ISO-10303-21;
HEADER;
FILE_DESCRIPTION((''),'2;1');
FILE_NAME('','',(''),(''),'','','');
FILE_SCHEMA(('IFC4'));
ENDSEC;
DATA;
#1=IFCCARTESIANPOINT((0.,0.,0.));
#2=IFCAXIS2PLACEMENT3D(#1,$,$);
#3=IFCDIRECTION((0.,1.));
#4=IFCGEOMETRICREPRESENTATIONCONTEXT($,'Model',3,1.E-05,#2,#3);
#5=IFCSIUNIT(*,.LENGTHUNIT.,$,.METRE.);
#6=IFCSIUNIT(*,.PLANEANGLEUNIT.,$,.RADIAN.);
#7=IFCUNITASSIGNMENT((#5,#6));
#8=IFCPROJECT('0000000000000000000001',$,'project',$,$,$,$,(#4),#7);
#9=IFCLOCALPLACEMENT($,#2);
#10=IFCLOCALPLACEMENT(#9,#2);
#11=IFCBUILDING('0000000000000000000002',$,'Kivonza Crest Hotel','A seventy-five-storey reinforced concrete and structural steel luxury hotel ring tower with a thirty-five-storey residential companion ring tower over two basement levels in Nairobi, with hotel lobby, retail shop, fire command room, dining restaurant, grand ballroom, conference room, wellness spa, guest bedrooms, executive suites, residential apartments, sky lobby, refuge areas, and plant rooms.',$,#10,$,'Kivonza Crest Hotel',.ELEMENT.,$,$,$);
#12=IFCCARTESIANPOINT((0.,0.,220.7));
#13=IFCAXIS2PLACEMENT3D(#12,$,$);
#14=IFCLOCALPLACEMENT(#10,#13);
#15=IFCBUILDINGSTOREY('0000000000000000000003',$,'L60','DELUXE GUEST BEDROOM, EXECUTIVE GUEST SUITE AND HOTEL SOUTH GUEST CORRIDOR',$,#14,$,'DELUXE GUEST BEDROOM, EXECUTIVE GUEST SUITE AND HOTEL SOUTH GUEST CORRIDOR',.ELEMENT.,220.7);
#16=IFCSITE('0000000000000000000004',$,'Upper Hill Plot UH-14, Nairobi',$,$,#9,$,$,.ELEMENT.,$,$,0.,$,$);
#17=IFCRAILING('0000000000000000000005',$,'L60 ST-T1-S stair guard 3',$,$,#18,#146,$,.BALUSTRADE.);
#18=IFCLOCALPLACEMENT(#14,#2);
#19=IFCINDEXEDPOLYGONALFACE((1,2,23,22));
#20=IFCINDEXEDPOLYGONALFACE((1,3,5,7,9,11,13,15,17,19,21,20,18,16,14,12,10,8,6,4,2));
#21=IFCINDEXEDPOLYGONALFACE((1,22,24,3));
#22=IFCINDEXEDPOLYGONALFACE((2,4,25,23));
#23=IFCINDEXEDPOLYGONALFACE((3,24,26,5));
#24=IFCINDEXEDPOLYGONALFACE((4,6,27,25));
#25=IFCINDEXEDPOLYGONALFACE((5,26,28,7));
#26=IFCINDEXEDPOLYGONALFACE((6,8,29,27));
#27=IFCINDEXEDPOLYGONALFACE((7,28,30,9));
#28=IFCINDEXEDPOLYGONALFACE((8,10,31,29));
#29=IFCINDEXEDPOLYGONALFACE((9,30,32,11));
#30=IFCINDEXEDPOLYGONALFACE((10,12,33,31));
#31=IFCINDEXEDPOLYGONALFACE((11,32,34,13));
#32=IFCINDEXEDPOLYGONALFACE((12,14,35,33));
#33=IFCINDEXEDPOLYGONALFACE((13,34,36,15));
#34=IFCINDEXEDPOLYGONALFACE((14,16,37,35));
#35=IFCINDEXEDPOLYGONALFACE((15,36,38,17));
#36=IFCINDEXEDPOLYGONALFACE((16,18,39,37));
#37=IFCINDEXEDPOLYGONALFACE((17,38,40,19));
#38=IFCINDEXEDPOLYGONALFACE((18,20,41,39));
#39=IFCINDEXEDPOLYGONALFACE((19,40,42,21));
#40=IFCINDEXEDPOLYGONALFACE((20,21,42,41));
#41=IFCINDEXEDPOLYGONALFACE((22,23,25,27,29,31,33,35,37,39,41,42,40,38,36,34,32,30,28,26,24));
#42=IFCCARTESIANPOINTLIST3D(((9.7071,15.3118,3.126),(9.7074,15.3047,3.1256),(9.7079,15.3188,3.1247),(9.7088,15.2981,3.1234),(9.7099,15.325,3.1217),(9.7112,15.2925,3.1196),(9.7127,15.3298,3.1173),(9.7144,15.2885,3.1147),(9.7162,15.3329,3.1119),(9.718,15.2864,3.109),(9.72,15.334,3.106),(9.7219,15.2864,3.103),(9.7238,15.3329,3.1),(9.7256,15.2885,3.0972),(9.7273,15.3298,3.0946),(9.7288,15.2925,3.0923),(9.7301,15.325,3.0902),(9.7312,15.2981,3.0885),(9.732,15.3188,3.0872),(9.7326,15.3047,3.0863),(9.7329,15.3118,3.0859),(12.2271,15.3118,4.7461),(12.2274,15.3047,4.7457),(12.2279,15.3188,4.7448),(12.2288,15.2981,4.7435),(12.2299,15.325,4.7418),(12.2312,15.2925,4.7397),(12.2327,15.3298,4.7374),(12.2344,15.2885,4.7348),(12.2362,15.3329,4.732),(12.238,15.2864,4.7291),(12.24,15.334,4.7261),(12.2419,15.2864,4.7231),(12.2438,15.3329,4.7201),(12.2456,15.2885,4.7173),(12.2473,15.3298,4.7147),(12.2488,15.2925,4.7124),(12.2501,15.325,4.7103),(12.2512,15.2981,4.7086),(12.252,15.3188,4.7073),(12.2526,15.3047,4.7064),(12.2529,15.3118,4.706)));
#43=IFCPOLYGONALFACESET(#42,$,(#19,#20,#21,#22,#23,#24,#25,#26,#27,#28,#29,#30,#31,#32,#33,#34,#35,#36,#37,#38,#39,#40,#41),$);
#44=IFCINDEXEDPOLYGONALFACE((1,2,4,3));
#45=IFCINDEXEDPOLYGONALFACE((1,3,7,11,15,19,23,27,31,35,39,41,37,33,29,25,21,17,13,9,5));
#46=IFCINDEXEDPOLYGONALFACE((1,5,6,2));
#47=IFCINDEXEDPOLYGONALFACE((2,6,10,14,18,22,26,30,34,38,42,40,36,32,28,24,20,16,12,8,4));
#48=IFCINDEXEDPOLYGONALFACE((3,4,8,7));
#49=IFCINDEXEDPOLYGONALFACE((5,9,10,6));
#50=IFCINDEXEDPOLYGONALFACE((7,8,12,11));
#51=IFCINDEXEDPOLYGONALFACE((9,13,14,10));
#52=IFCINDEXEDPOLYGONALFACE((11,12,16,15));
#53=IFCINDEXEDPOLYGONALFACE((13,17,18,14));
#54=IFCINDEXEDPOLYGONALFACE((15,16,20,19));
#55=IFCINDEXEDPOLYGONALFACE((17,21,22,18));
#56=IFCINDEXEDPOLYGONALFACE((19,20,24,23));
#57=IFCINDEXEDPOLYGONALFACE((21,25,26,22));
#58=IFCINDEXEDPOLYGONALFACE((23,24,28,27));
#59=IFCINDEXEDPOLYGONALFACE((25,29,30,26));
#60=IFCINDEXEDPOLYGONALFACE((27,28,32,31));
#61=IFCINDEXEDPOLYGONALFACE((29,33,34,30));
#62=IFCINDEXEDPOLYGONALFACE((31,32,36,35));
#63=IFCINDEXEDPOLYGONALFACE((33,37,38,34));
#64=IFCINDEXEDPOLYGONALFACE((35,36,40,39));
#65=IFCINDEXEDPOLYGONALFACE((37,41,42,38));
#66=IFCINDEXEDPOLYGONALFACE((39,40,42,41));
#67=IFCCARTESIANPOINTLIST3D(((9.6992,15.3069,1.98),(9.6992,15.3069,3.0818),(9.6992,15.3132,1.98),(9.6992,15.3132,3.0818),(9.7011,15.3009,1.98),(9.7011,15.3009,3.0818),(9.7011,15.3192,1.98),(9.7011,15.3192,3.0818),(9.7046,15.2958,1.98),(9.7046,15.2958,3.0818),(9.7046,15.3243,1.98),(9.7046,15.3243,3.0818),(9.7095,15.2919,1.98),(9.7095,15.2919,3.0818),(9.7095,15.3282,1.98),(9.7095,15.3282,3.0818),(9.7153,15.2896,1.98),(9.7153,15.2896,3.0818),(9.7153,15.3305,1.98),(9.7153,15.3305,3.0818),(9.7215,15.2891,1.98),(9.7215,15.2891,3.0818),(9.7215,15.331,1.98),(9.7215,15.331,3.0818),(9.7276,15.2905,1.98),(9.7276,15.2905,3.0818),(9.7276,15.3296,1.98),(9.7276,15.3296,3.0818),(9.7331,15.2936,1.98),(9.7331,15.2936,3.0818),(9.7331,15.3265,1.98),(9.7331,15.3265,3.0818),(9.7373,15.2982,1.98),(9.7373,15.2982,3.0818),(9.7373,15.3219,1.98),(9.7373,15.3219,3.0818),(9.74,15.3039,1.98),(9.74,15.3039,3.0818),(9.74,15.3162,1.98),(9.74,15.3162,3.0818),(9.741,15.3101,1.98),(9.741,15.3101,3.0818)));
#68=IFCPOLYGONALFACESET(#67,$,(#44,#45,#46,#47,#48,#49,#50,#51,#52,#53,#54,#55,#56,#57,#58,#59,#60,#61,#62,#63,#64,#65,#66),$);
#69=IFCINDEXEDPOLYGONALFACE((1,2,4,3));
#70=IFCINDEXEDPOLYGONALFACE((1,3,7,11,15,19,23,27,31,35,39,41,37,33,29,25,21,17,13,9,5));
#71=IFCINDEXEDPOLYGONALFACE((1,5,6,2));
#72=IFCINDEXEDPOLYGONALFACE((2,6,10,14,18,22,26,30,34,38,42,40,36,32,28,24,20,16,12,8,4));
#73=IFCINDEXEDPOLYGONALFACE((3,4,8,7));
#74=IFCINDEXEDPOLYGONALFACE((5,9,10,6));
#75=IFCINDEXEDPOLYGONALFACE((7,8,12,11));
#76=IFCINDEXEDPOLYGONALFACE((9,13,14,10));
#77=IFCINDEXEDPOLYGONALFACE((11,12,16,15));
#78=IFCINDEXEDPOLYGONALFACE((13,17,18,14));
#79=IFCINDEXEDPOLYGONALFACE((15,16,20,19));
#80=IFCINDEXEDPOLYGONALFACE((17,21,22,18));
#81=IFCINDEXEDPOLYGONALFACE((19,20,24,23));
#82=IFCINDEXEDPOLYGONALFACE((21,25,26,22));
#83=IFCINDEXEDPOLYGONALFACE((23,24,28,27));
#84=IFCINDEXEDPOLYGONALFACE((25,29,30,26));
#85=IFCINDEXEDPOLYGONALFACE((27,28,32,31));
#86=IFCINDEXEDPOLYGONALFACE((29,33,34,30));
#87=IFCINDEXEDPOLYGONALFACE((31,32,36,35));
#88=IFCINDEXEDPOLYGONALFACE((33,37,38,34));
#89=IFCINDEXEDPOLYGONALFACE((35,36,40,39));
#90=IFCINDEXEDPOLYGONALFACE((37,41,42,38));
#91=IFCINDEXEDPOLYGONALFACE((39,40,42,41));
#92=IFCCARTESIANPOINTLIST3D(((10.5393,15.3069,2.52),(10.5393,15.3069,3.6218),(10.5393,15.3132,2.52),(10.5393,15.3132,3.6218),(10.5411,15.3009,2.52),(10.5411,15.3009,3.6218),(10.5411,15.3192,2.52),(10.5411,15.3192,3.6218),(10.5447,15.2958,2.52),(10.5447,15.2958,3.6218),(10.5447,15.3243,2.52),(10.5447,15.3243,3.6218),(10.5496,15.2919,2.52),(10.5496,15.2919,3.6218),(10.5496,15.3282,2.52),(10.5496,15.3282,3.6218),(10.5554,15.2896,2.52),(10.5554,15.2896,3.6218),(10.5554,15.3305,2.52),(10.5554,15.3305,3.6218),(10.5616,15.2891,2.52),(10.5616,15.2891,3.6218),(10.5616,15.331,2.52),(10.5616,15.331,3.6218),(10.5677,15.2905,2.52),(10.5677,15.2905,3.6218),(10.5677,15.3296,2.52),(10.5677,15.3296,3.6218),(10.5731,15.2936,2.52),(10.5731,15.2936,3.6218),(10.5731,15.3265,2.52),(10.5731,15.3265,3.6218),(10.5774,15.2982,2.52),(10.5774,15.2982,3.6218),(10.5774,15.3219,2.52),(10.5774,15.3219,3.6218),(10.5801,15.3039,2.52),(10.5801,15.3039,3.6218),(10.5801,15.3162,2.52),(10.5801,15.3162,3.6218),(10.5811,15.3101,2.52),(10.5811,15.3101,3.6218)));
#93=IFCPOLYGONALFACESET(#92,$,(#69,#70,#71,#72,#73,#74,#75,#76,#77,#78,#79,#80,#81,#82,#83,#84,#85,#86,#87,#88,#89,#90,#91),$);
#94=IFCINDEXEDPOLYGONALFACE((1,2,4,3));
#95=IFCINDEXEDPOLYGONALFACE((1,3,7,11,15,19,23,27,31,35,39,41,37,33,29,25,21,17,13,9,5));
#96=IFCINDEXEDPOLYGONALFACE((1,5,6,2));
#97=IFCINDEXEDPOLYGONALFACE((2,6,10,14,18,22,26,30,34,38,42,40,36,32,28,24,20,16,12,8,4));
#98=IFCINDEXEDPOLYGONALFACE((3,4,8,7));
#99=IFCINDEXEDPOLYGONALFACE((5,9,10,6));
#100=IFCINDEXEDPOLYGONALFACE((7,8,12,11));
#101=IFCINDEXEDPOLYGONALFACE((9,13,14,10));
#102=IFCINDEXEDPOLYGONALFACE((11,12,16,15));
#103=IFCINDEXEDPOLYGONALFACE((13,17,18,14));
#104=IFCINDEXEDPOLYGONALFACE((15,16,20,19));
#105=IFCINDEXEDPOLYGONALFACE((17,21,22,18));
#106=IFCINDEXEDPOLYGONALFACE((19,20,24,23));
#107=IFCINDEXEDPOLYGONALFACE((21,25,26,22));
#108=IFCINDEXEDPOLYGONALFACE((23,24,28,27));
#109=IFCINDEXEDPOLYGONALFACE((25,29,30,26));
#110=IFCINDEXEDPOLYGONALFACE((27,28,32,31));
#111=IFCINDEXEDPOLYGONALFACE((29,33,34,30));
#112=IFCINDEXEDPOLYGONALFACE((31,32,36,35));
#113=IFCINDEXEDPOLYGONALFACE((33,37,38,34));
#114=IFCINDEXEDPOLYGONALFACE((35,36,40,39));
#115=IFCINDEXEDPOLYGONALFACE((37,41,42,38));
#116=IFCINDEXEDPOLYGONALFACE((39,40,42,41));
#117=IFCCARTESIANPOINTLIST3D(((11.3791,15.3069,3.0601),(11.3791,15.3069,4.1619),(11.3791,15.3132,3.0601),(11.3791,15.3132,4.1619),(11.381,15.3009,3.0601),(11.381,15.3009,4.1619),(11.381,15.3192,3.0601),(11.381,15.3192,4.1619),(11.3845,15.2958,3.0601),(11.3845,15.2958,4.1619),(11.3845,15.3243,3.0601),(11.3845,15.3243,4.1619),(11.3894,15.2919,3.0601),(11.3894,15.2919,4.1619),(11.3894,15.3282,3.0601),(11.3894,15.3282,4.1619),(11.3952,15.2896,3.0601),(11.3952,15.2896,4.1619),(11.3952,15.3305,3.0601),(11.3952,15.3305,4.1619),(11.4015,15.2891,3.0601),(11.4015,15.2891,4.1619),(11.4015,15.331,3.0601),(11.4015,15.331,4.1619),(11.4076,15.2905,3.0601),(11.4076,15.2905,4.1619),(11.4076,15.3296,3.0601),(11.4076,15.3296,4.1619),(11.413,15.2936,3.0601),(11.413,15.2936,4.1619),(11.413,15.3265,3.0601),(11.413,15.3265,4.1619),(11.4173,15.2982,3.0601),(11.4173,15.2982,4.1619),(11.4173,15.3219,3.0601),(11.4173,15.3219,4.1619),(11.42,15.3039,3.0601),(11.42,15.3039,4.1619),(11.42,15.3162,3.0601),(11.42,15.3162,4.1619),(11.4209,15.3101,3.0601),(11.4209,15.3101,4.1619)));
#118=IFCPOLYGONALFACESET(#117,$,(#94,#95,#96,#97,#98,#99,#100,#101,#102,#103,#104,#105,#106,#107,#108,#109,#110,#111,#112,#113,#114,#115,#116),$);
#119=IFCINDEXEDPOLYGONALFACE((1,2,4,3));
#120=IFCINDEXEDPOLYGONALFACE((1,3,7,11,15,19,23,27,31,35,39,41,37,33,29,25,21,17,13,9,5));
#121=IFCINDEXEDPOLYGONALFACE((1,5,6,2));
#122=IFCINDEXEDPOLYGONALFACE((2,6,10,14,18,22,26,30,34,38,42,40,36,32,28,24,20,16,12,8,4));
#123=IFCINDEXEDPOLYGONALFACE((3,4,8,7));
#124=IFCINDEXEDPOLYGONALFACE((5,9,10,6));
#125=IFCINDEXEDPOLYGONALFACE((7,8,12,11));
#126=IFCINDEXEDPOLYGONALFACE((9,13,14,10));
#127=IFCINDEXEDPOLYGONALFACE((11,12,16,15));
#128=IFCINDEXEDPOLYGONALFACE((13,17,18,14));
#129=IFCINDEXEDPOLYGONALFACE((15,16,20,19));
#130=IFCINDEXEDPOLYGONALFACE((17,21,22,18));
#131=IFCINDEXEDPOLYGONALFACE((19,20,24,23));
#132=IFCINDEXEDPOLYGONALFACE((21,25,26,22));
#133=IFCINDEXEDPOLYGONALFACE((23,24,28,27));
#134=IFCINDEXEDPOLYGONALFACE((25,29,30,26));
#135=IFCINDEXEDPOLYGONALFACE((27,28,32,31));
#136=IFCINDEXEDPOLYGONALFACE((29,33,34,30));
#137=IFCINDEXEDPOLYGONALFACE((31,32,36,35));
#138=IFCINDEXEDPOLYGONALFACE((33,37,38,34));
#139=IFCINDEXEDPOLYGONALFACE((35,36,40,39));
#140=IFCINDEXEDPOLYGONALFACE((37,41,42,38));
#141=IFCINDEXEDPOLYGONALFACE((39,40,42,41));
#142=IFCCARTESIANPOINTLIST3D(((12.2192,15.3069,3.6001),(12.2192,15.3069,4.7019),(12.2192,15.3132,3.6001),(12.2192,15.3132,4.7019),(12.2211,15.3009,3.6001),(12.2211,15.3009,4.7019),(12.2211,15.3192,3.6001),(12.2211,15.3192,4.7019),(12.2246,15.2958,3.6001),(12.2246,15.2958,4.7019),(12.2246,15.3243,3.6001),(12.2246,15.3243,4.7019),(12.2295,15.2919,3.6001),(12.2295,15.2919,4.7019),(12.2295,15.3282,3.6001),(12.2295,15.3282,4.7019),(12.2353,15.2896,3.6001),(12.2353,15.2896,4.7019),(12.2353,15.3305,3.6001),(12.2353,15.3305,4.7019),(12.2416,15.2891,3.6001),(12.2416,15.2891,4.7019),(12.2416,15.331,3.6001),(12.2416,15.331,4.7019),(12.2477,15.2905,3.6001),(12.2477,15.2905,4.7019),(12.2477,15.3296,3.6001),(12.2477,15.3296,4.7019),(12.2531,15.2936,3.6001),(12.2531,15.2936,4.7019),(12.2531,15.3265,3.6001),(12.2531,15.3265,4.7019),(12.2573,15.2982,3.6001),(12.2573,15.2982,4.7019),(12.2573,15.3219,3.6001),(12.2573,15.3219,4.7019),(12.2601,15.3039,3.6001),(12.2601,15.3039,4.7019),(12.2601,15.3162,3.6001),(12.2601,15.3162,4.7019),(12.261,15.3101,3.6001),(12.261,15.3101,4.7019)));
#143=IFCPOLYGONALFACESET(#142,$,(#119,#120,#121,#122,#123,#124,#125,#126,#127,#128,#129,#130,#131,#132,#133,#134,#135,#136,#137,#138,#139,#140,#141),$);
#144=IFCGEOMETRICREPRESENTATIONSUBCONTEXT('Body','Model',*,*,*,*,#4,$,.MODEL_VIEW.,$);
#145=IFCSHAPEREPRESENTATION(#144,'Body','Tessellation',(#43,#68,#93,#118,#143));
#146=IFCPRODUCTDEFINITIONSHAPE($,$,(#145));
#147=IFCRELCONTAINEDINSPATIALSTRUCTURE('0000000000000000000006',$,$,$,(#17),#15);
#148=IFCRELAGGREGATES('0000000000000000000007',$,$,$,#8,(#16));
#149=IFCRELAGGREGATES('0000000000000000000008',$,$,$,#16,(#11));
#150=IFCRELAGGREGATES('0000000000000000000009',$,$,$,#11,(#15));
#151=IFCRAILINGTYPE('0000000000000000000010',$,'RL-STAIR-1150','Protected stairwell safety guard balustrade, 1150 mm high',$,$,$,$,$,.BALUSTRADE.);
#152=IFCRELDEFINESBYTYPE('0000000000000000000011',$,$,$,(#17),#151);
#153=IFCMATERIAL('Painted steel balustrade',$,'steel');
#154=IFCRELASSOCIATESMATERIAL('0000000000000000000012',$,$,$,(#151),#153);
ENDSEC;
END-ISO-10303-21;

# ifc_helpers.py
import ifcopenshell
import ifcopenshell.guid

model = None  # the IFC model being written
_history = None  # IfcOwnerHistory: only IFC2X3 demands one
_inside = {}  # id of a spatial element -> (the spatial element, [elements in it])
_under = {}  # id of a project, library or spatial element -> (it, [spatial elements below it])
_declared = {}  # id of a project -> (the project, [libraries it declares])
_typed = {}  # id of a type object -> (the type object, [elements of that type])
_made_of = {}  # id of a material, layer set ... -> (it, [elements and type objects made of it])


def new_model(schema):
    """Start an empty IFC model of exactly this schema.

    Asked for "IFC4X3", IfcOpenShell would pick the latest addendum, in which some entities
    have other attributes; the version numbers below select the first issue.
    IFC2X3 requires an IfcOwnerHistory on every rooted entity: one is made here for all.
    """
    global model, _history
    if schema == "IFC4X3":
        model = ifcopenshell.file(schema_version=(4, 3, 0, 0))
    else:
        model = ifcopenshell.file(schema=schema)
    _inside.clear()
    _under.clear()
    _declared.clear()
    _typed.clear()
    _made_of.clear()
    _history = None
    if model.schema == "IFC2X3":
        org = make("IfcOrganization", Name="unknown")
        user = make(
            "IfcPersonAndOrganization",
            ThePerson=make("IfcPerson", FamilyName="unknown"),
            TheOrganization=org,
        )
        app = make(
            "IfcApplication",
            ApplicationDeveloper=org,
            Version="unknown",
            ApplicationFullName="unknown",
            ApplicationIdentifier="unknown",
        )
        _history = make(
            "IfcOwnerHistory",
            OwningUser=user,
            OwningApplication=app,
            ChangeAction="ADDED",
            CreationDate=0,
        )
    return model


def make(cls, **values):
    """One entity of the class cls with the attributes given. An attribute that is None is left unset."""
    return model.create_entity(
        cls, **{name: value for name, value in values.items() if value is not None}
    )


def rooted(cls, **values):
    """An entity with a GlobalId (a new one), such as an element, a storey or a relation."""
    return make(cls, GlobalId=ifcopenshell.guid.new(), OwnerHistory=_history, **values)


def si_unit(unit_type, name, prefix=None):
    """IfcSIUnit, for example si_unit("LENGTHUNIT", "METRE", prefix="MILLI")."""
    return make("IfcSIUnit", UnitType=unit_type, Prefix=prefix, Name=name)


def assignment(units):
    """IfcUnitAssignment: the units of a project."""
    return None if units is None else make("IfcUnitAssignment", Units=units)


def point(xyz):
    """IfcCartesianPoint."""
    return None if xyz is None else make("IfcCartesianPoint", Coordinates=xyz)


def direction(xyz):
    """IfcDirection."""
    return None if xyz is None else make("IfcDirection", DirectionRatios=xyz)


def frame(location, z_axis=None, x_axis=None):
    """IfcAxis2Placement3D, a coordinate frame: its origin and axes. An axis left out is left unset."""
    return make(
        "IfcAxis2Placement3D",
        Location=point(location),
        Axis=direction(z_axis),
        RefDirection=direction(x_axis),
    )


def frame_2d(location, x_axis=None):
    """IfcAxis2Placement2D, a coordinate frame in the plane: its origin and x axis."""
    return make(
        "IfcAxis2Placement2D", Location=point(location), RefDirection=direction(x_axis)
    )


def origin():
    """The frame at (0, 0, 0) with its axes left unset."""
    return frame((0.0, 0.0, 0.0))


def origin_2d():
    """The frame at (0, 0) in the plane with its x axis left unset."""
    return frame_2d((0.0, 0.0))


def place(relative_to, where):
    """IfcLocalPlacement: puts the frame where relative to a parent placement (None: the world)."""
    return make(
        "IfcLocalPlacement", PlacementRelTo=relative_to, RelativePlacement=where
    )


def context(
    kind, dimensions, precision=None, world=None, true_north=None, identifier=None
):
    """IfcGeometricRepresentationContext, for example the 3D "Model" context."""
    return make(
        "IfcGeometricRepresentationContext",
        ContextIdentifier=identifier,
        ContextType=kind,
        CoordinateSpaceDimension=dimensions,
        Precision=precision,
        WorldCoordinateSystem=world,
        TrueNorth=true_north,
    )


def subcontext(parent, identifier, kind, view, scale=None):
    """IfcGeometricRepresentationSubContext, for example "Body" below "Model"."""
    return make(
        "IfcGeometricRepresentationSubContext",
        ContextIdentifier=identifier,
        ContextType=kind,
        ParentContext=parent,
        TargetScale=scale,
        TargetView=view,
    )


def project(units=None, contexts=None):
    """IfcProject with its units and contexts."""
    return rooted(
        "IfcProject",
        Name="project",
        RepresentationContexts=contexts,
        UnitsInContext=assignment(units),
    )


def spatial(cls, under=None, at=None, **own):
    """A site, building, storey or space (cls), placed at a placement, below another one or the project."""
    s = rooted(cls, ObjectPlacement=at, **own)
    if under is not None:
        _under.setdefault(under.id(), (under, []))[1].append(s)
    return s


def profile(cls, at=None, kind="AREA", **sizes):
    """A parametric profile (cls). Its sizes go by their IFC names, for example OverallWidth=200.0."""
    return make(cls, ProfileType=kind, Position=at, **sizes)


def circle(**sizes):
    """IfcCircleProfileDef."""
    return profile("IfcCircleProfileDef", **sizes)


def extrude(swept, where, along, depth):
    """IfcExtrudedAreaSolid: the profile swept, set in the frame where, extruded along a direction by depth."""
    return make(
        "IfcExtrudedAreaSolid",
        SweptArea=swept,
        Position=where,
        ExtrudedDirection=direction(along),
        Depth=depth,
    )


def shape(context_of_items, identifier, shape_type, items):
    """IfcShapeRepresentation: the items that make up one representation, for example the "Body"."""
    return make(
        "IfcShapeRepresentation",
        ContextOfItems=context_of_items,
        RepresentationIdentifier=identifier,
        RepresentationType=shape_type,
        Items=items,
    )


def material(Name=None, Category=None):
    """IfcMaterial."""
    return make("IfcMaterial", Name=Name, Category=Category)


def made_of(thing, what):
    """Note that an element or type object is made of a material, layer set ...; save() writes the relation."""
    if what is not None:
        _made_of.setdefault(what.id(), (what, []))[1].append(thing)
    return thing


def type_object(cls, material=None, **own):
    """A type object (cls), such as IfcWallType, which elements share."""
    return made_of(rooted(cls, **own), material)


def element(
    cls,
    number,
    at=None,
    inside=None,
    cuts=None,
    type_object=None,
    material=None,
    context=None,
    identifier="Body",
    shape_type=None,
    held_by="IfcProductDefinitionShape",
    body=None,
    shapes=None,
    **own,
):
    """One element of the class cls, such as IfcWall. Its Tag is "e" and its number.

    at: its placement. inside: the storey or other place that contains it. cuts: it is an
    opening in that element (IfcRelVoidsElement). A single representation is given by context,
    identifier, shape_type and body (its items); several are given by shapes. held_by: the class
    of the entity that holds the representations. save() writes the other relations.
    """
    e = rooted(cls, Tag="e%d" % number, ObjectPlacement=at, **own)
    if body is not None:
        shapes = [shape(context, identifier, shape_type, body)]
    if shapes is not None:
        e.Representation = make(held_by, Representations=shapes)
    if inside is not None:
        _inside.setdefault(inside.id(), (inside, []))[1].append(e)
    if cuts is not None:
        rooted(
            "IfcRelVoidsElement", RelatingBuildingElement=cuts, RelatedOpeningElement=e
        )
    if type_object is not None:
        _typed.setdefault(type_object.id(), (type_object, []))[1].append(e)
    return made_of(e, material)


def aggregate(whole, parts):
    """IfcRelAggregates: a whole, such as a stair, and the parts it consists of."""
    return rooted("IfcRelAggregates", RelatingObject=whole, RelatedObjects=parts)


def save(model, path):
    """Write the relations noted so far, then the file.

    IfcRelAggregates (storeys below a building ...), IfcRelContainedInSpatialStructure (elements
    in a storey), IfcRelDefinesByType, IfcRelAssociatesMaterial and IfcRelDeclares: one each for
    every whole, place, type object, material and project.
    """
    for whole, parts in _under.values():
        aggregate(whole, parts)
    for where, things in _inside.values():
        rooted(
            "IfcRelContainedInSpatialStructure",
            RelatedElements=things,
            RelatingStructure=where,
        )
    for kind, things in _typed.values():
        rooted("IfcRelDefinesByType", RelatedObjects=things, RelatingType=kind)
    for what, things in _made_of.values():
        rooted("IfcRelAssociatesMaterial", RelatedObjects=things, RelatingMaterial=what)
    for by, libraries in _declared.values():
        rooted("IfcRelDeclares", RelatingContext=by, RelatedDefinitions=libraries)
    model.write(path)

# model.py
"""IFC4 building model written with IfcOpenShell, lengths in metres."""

from ifc_helpers import new_model, si_unit, direction, frame, origin, origin_2d, place, context, subcontext, project, spatial, circle, extrude, material, type_object, element, save


model = new_model("IFC4")

# Units and contexts
model_context = context("Model", 3, precision=1e-05, world=origin(), true_north=direction((0.0, 1.0)))
body_context = subcontext(model_context, "Body", "Model", "MODEL_VIEW")
ifc_project = project(units=[si_unit("LENGTHUNIT", "METRE"), si_unit("PLANEANGLEUNIT", "RADIAN")], contexts=[model_context])

# Site, building, storey
site_placement = place(None, origin())
site = spatial("IfcSite", under=ifc_project, at=site_placement, Name="Upper Hill Plot UH-14, Nairobi", CompositionType="ELEMENT", RefElevation=0.0)
building_placement = place(site_placement, origin())
building = spatial("IfcBuilding", under=site, at=building_placement, Name="Kivonza Crest Hotel", Description="A seventy-five-storey reinforced concrete and structural steel luxury hotel ring tower with a thirty-five-storey residential companion ring tower over two basement levels in Nairobi, with hotel lobby, retail shop, fire command room, dining restaurant, grand ballroom, conference room, wellness spa, guest bedrooms, executive suites, residential apartments, sky lobby, refuge areas, and plant rooms.", LongName="Kivonza Crest Hotel", CompositionType="ELEMENT")
storey_placement = place(building_placement, frame((0.0, 0.0, 220.7)))
storey = spatial("IfcBuildingStorey", under=building, at=storey_placement, Name="L60", Description="DELUXE GUEST BEDROOM, EXECUTIVE GUEST SUITE AND HOTEL SOUTH GUEST CORRIDOR", LongName="DELUXE GUEST BEDROOM, EXECUTIVE GUEST SUITE AND HOTEL SOUTH GUEST CORRIDOR", CompositionType="ELEMENT", Elevation=220.7)

# Railing
ifc_material_1 = material(Name="Painted steel balustrade", Category="steel")
railing_type_1 = type_object("IfcRailingType", Name="RL-STAIR-1150", Description="Protected stairwell safety guard balustrade, 1150 mm high", PredefinedType="BALUSTRADE", material=ifc_material_1)
railing_1_placement = place(storey_placement, frame((9.72, 15.3101, 1.98)))
element("IfcRailing", 1, at=railing_1_placement, inside=storey, type_object=railing_type_1, Name="L60 ST-T1-S stair guard 3", PredefinedType="BALUSTRADE", context=body_context, shape_type="SweptSolid", body=[
    extrude(circle(Radius=0.0239, at=origin_2d()), frame((0.0, 0.0, 1.126), z_axis=(0.841163, 0.0, 0.540782), x_axis=(0.0, 1.0, 0.0)), (0.0, 0.0, 1.0), 2.9958),
    extrude(circle(Radius=0.021, at=origin_2d()), origin(), (0.0, 0.0, 1.0), 1.1018),
    extrude(circle(Radius=0.021, at=origin_2d()), frame((0.8401, 0.0, 0.54)), (0.0, 0.0, 1.0), 1.1018),
    extrude(circle(Radius=0.021, at=origin_2d()), frame((1.6799, 0.0, 1.0801)), (0.0, 0.0, 1.0), 1.1018),
    extrude(circle(Radius=0.021, at=origin_2d()), frame((2.52, 0.0, 1.6201)), (0.0, 0.0, 1.0), 1.1018),
])

save(model, "model.ifc")
